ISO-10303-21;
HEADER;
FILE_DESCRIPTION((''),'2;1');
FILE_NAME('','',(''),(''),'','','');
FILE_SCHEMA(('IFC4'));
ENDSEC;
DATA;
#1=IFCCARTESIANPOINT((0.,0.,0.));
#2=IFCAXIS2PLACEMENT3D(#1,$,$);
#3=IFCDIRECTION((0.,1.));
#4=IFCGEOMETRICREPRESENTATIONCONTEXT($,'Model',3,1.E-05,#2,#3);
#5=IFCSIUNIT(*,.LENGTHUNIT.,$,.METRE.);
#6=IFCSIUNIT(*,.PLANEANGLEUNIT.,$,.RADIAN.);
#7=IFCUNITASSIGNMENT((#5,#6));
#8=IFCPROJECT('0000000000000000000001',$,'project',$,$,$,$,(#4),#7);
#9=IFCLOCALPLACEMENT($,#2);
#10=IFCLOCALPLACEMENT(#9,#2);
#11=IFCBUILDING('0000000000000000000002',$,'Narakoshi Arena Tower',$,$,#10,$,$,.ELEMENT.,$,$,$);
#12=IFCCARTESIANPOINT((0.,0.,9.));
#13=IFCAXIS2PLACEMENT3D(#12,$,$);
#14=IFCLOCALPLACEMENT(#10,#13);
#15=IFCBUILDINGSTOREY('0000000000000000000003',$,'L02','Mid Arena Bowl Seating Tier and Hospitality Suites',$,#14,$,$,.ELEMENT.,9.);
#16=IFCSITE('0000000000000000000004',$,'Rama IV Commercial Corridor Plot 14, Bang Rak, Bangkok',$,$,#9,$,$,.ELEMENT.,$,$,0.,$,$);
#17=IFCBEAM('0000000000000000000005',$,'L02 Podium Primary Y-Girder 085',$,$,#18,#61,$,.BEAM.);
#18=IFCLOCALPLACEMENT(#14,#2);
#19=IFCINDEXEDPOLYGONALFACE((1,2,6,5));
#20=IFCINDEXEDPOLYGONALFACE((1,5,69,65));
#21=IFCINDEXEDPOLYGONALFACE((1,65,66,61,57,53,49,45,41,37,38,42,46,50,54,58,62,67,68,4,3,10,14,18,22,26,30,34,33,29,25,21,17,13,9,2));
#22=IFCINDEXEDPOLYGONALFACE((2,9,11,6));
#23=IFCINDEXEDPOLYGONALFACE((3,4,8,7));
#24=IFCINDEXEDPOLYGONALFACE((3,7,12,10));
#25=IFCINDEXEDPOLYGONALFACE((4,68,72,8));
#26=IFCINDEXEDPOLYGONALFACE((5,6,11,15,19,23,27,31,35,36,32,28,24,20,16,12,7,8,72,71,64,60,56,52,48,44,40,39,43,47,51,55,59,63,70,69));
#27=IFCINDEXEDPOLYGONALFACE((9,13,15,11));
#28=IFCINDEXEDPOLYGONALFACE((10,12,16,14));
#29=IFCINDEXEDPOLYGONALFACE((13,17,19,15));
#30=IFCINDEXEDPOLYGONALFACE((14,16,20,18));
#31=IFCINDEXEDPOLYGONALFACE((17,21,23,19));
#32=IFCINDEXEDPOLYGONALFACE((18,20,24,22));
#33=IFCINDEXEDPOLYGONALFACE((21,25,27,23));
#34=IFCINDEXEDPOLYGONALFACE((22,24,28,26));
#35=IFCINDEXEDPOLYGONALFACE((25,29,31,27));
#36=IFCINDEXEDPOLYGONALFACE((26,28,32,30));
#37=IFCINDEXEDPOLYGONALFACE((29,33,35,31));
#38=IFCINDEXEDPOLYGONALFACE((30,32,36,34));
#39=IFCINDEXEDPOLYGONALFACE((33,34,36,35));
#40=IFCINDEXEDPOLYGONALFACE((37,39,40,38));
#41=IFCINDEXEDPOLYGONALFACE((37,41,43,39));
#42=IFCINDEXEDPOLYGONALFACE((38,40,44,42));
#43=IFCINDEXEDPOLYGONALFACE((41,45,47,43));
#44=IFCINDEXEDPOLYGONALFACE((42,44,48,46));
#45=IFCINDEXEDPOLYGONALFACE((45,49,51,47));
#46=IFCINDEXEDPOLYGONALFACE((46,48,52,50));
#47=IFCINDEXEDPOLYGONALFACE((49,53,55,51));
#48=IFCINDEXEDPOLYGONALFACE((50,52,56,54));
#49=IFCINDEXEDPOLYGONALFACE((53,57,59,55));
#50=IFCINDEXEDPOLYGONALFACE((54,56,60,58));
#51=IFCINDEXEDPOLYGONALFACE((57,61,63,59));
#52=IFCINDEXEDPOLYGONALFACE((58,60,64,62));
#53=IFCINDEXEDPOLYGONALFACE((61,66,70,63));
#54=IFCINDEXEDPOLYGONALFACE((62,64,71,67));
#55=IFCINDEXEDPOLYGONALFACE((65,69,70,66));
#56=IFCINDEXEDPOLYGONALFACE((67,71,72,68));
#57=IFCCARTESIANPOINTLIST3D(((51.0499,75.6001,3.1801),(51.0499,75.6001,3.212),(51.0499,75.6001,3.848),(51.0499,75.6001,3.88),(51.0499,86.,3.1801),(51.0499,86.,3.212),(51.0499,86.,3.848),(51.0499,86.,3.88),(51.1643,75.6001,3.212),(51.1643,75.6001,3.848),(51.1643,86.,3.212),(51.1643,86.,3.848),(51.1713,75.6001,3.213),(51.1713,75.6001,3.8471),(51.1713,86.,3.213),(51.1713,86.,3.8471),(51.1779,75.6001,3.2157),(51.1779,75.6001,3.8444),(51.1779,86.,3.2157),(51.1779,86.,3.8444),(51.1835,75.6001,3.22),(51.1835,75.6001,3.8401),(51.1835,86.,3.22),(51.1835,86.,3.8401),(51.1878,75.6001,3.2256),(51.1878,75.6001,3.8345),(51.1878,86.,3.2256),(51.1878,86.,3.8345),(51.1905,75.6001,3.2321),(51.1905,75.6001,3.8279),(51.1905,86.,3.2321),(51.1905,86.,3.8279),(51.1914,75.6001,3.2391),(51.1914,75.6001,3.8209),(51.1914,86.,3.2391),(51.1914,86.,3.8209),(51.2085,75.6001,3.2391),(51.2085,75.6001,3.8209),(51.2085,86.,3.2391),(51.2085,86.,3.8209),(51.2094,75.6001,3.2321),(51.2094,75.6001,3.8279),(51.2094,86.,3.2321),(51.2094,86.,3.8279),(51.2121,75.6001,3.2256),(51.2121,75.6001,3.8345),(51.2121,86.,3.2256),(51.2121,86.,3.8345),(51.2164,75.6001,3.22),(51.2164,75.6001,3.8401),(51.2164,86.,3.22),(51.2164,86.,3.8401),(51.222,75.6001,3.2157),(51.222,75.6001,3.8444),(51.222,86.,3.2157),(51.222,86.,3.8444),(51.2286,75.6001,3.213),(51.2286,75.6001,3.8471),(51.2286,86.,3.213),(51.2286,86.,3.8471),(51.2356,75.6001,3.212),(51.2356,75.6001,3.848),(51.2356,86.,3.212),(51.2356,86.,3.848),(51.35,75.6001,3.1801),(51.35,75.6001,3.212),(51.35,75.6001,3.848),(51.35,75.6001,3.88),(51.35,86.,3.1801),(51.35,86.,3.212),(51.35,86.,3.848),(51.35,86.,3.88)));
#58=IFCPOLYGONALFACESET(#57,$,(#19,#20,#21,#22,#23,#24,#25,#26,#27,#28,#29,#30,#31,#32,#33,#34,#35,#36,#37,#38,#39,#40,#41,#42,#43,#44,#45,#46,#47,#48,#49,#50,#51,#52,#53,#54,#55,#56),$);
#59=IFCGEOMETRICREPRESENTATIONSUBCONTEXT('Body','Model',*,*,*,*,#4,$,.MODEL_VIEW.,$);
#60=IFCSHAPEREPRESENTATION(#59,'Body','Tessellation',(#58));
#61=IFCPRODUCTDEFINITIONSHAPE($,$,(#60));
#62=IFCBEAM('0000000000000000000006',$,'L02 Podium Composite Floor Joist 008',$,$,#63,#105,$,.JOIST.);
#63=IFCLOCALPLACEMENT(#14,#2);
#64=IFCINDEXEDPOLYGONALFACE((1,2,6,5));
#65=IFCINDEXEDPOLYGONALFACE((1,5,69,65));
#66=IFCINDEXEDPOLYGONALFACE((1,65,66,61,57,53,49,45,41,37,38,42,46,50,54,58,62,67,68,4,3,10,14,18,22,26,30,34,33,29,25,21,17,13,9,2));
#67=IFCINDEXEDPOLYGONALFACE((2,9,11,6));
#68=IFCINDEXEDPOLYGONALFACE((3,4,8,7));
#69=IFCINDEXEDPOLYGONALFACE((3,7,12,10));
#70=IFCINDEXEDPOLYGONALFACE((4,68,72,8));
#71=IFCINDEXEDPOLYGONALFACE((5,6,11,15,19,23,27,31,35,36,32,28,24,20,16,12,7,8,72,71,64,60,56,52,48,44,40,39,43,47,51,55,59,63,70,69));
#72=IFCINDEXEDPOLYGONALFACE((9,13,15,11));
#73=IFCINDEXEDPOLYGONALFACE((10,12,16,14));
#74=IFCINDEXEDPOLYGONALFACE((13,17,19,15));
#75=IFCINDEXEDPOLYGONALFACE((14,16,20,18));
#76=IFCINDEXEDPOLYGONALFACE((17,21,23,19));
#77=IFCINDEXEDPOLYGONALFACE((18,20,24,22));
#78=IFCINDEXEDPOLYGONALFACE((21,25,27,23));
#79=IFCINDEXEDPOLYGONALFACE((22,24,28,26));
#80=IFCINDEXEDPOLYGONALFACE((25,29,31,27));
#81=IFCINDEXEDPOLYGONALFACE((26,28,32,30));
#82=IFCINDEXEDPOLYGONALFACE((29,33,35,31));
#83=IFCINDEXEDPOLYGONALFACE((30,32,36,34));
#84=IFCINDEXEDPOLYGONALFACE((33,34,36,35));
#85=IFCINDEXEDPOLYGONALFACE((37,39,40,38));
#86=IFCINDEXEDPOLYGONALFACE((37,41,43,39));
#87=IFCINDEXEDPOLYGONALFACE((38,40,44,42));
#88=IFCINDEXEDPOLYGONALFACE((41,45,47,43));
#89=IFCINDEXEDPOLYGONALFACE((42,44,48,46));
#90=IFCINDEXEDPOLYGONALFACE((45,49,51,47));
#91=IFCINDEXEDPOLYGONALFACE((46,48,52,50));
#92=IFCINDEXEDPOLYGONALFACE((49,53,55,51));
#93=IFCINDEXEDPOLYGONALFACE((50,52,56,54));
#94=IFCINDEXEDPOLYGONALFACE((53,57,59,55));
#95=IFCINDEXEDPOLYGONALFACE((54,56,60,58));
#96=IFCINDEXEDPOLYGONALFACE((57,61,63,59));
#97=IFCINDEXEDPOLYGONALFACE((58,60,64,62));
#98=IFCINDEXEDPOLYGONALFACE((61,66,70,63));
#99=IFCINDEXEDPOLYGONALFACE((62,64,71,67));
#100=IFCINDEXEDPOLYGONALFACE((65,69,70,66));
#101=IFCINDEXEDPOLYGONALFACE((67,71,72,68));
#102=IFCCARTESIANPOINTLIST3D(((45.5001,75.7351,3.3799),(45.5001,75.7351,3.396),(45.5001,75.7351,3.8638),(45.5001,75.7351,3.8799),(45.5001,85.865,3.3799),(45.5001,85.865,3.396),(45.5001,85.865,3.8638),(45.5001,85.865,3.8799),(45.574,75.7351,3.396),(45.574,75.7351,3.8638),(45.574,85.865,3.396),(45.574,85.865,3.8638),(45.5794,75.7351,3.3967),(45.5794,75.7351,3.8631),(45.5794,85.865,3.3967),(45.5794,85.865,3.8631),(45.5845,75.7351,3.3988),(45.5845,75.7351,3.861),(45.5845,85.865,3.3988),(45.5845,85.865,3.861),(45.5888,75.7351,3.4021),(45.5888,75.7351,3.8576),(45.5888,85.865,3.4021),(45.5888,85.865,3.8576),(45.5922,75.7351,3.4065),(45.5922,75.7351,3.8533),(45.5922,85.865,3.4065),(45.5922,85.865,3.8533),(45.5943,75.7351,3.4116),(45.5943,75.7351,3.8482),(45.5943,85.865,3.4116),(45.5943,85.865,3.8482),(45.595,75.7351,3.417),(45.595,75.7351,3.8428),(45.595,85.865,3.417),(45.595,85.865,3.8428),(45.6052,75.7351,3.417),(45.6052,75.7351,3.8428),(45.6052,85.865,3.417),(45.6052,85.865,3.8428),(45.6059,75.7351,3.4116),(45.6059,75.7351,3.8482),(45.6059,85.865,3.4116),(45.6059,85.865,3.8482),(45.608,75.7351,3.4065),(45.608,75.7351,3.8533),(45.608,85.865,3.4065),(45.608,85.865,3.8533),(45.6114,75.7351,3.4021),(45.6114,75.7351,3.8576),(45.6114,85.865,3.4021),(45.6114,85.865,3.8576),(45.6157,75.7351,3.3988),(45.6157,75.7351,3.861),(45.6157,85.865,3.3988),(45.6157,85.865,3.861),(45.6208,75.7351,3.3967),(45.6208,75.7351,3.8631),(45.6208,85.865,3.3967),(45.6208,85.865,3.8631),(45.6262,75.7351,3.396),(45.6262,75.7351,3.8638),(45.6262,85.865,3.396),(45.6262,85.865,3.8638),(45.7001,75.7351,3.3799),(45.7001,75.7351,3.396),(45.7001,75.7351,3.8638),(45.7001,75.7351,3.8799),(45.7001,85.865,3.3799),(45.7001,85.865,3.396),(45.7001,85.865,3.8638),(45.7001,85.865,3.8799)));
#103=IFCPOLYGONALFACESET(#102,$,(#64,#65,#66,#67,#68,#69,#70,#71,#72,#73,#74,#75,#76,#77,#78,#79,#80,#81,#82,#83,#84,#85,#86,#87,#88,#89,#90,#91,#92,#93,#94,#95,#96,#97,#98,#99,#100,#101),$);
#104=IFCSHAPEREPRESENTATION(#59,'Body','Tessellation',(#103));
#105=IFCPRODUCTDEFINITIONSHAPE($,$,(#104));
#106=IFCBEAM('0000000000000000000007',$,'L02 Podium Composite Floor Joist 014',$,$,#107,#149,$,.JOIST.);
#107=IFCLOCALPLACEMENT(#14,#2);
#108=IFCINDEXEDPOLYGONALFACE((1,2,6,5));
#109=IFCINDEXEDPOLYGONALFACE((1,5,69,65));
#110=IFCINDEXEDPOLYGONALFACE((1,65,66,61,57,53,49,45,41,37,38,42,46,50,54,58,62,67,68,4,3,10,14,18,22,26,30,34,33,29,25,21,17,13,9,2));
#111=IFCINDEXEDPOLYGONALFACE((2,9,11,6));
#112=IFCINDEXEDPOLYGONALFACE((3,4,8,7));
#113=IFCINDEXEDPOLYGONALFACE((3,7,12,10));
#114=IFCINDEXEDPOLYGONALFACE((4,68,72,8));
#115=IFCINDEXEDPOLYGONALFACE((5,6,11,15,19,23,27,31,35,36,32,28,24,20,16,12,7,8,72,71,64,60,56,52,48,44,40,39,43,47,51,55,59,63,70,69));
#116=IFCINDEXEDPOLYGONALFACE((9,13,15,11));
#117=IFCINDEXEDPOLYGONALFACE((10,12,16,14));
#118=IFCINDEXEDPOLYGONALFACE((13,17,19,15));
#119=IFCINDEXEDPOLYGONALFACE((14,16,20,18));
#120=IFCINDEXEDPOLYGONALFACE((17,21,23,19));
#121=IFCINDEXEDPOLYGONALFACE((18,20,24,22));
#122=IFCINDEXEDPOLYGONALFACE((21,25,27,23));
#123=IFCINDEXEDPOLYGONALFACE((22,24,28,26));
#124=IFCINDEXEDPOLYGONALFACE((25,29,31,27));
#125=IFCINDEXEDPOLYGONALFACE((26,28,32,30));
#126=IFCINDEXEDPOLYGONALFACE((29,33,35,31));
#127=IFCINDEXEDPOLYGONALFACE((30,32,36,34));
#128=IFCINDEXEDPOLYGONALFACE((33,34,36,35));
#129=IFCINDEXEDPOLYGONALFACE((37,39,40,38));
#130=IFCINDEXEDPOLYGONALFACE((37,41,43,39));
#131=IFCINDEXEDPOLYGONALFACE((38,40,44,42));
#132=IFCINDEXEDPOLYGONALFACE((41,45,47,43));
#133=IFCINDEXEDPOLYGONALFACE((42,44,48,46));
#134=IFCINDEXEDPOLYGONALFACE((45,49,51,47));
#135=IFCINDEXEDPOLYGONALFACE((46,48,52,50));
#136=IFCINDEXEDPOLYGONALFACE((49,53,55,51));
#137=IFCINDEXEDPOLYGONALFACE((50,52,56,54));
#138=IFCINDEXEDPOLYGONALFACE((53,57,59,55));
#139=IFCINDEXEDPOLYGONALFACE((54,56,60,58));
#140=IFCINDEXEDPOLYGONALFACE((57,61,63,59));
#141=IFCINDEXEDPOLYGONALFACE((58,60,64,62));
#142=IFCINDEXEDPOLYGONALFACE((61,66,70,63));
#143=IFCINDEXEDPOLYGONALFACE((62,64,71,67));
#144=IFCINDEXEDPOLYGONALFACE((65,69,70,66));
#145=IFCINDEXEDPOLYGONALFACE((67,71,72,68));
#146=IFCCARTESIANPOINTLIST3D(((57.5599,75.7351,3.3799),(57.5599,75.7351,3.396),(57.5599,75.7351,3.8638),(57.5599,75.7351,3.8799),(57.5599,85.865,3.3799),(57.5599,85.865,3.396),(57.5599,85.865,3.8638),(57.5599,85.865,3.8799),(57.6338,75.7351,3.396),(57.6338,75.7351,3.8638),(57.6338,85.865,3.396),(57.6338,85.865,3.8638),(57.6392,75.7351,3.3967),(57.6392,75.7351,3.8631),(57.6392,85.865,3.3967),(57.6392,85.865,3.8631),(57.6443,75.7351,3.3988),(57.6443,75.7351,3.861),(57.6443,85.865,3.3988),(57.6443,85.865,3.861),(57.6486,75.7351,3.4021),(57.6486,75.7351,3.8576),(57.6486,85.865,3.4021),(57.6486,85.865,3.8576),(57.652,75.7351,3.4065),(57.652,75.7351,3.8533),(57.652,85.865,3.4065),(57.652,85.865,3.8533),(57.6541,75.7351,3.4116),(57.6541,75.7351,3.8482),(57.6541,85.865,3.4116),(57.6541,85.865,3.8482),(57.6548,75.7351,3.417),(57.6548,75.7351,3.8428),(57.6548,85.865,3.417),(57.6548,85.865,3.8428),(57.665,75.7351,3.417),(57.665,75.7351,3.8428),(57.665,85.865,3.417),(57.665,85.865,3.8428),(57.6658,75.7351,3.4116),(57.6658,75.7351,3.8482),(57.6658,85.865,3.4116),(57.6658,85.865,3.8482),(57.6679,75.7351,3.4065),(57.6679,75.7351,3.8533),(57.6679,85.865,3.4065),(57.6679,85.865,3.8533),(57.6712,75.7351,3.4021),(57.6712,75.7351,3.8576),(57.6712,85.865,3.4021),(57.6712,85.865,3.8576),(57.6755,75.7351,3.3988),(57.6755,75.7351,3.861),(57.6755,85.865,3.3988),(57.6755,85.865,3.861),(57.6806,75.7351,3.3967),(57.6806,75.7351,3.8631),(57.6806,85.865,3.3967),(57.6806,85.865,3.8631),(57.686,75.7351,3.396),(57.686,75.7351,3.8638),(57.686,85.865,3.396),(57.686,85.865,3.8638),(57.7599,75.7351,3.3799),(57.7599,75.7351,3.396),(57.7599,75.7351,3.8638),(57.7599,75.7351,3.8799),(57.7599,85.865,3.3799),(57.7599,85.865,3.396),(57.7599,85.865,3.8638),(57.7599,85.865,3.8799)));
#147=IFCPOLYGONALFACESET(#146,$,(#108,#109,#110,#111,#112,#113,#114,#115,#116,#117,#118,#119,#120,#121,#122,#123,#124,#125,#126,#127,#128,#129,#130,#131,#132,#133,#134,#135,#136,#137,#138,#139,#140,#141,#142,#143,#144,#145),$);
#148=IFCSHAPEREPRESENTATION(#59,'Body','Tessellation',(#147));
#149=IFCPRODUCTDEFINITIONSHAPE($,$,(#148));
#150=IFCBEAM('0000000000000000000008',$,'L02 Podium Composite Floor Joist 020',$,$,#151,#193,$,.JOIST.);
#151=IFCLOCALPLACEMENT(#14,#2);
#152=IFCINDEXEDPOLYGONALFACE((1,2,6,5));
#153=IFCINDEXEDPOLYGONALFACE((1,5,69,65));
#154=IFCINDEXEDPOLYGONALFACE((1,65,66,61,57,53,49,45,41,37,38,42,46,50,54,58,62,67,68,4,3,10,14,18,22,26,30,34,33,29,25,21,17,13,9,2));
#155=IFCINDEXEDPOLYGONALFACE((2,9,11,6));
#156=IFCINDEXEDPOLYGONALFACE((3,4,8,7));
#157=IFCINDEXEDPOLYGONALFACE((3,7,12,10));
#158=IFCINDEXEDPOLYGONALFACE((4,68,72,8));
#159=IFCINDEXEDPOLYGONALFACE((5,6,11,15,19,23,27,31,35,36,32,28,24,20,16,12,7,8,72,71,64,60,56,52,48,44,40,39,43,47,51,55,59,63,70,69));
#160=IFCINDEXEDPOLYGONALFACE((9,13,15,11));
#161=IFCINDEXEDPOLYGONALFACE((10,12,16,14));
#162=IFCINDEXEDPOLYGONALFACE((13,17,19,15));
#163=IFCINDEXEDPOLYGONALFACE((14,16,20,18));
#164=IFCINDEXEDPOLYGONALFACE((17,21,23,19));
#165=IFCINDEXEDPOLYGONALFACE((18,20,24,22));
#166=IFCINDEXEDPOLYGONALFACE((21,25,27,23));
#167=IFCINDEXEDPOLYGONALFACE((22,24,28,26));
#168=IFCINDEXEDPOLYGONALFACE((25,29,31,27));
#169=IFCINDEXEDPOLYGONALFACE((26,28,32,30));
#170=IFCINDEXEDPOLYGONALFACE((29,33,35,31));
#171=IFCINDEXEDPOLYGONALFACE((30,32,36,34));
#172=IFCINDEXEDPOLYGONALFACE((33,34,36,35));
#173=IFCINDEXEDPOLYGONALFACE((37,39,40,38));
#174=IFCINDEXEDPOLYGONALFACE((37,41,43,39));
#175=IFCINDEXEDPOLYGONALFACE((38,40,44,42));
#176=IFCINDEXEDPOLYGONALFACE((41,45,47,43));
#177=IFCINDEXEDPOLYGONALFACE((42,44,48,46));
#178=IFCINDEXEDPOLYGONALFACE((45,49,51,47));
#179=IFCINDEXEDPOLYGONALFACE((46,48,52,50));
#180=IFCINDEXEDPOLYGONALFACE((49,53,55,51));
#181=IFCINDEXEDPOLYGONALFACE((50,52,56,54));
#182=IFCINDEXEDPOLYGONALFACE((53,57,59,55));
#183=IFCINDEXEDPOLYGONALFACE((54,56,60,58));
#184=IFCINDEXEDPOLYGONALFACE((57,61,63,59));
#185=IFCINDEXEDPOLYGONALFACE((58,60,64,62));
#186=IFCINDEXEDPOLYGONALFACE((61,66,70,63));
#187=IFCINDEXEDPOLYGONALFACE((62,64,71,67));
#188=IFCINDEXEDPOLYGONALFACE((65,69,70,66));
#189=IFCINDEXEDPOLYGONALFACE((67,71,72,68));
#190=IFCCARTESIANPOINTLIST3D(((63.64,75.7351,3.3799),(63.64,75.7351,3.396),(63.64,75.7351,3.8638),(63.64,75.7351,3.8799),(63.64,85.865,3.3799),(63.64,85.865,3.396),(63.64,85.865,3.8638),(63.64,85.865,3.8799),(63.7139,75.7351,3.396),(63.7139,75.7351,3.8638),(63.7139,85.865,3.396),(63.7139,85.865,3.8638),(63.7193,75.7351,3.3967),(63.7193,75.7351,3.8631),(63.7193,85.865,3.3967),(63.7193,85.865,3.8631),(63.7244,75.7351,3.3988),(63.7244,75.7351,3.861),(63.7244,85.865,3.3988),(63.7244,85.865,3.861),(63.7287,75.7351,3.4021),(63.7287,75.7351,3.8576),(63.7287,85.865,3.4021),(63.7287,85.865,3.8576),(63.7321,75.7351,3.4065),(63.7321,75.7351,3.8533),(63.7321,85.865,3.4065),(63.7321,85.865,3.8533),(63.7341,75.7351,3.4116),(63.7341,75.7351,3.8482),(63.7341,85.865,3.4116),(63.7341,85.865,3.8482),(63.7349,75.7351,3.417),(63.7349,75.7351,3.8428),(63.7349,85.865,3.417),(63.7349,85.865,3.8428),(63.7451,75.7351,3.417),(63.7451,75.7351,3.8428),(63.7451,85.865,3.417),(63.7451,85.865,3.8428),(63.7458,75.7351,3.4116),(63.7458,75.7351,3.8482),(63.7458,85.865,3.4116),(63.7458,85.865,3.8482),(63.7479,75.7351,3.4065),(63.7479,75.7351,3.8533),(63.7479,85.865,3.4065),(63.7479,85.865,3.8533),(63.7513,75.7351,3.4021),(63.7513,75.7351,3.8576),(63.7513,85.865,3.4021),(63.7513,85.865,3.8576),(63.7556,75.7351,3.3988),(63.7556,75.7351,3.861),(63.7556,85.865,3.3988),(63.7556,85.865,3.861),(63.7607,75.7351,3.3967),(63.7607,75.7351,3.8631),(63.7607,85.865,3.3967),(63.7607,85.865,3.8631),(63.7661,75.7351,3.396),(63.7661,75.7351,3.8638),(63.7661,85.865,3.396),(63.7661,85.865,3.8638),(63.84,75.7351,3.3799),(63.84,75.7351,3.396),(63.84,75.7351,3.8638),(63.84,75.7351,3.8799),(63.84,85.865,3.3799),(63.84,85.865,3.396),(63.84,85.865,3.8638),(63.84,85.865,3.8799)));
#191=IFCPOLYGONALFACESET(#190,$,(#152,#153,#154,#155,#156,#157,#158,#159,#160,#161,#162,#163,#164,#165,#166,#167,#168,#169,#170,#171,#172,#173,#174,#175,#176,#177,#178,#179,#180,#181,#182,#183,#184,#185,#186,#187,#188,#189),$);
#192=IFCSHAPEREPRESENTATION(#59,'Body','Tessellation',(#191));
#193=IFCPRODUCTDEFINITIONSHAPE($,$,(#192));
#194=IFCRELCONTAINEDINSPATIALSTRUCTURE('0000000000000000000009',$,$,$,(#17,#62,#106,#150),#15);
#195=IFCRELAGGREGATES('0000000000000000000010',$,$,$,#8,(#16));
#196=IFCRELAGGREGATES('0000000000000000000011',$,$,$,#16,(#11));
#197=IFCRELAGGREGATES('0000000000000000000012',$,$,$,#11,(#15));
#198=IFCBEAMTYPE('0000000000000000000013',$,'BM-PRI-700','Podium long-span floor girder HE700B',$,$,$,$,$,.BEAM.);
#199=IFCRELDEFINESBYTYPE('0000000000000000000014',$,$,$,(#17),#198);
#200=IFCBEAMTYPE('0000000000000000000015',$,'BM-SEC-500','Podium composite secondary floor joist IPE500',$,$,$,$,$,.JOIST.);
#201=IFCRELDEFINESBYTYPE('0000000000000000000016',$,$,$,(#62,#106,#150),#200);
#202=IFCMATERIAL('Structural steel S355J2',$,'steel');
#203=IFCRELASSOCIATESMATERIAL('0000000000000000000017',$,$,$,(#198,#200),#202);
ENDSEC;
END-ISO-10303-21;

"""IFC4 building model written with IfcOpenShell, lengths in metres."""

from ifc_helpers import new_model, si_unit, direction, frame, origin, origin_2d, place, context, subcontext, project, spatial, i_section, extrude, material, material_profile, profile_set, type_object, element, save


model = new_model("IFC4")

# Units and contexts
model_context = context("Model", 3, precision=1e-05, world=origin(), true_north=direction((0.0, 1.0)))
body_context = subcontext(model_context, "Body", "Model", "MODEL_VIEW")
ifc_project = project(units=[si_unit("LENGTHUNIT", "METRE"), si_unit("PLANEANGLEUNIT", "RADIAN")], contexts=[model_context])

# Site, building, storey
site_placement = place(None, origin())
site = spatial("IfcSite", under=ifc_project, at=site_placement, Name="Rama IV Commercial Corridor Plot 14, Bang Rak, Bangkok", CompositionType="ELEMENT", RefElevation=0.0)
building_placement = place(site_placement, origin())
building = spatial("IfcBuilding", under=site, at=building_placement, Name="Narakoshi Arena Tower", CompositionType="ELEMENT")
storey_placement = place(building_placement, frame((0.0, 0.0, 9.0)))
storey = spatial("IfcBuildingStorey", under=building, at=storey_placement, Name="L02", Description="Mid Arena Bowl Seating Tier and Hospitality Suites", CompositionType="ELEMENT", Elevation=9.0)

# Beams
ifc_material_1 = material(Name="Structural steel S355J2", Category="steel")
ifc_material_profile_1 = material_profile(ifc_material_1, i_section(OverallWidth=0.3, OverallDepth=0.7, WebThickness=0.0171, FlangeThickness=0.032, FilletRadius=0.0271, at=origin_2d()), Name="HE700B")
ifc_profile_set_1 = profile_set([ifc_material_profile_1], Name="Structural steel S355J2")
beam_type_1 = type_object("IfcBeamType", Name="BM-PRI-700", Description="Podium long-span floor girder HE700B", PredefinedType="BEAM", material=ifc_profile_set_1)
beam_1_placement = place(storey_placement, frame((51.2, 75.6001, 3.53), z_axis=(0.0, 1.0, 0.0), x_axis=(-1.0, 0.0, 0.0)))
element("IfcBeam", 1, at=beam_1_placement, inside=storey, type_object=beam_type_1, Name="L02 Podium Primary Y-Girder 085", PredefinedType="BEAM", context=body_context, shape_type="SweptSolid", body=[
    extrude(i_section(OverallWidth=0.3, OverallDepth=0.7, WebThickness=0.0171, FlangeThickness=0.032, FilletRadius=0.0271, at=origin_2d()), origin(), (0.0, 0.0, 1.0), 10.3999),
])
ifc_material_profile_2 = material_profile(ifc_material_1, i_section(OverallWidth=0.2, OverallDepth=0.5, WebThickness=0.0103, FlangeThickness=0.0161, FilletRadius=0.021, at=origin_2d()), Name="IPE500")
ifc_profile_set_2 = profile_set([ifc_material_profile_2], Name="Structural steel S355J2")
beam_type_2 = type_object("IfcBeamType", Name="BM-SEC-500", Description="Podium composite secondary floor joist IPE500", PredefinedType="JOIST", material=ifc_profile_set_2)
for number, where, z_axis, x_axis, name in (
    (2, (45.6001, 75.7351, 3.6299), (0.0, 1.0, 0.0), (-1.0, 0.0, 0.0), "L02 Podium Composite Floor Joist 008"),
    (3, (57.6599, 75.7351, 3.6299), (0.0, 1.0, 0.0), (-1.0, 0.0, 0.0), "L02 Podium Composite Floor Joist 014"),
    (4, (63.74, 75.7351, 3.6299), (0.0, 1.0, 0.0), (-1.0, 0.0, 0.0), "L02 Podium Composite Floor Joist 020"),
):
    element("IfcBeam", number, at=place(storey_placement, frame(where, z_axis=z_axis, x_axis=x_axis)), inside=storey, type_object=beam_type_2, Name=name, PredefinedType="JOIST", context=body_context, shape_type="SweptSolid", body=[
        extrude(i_section(OverallWidth=0.2, OverallDepth=0.5, WebThickness=0.0103, FlangeThickness=0.0161, FilletRadius=0.021, at=origin_2d()), origin(), (0.0, 0.0, 1.0), 10.1299),
    ])

save(model, "model.ifc")
